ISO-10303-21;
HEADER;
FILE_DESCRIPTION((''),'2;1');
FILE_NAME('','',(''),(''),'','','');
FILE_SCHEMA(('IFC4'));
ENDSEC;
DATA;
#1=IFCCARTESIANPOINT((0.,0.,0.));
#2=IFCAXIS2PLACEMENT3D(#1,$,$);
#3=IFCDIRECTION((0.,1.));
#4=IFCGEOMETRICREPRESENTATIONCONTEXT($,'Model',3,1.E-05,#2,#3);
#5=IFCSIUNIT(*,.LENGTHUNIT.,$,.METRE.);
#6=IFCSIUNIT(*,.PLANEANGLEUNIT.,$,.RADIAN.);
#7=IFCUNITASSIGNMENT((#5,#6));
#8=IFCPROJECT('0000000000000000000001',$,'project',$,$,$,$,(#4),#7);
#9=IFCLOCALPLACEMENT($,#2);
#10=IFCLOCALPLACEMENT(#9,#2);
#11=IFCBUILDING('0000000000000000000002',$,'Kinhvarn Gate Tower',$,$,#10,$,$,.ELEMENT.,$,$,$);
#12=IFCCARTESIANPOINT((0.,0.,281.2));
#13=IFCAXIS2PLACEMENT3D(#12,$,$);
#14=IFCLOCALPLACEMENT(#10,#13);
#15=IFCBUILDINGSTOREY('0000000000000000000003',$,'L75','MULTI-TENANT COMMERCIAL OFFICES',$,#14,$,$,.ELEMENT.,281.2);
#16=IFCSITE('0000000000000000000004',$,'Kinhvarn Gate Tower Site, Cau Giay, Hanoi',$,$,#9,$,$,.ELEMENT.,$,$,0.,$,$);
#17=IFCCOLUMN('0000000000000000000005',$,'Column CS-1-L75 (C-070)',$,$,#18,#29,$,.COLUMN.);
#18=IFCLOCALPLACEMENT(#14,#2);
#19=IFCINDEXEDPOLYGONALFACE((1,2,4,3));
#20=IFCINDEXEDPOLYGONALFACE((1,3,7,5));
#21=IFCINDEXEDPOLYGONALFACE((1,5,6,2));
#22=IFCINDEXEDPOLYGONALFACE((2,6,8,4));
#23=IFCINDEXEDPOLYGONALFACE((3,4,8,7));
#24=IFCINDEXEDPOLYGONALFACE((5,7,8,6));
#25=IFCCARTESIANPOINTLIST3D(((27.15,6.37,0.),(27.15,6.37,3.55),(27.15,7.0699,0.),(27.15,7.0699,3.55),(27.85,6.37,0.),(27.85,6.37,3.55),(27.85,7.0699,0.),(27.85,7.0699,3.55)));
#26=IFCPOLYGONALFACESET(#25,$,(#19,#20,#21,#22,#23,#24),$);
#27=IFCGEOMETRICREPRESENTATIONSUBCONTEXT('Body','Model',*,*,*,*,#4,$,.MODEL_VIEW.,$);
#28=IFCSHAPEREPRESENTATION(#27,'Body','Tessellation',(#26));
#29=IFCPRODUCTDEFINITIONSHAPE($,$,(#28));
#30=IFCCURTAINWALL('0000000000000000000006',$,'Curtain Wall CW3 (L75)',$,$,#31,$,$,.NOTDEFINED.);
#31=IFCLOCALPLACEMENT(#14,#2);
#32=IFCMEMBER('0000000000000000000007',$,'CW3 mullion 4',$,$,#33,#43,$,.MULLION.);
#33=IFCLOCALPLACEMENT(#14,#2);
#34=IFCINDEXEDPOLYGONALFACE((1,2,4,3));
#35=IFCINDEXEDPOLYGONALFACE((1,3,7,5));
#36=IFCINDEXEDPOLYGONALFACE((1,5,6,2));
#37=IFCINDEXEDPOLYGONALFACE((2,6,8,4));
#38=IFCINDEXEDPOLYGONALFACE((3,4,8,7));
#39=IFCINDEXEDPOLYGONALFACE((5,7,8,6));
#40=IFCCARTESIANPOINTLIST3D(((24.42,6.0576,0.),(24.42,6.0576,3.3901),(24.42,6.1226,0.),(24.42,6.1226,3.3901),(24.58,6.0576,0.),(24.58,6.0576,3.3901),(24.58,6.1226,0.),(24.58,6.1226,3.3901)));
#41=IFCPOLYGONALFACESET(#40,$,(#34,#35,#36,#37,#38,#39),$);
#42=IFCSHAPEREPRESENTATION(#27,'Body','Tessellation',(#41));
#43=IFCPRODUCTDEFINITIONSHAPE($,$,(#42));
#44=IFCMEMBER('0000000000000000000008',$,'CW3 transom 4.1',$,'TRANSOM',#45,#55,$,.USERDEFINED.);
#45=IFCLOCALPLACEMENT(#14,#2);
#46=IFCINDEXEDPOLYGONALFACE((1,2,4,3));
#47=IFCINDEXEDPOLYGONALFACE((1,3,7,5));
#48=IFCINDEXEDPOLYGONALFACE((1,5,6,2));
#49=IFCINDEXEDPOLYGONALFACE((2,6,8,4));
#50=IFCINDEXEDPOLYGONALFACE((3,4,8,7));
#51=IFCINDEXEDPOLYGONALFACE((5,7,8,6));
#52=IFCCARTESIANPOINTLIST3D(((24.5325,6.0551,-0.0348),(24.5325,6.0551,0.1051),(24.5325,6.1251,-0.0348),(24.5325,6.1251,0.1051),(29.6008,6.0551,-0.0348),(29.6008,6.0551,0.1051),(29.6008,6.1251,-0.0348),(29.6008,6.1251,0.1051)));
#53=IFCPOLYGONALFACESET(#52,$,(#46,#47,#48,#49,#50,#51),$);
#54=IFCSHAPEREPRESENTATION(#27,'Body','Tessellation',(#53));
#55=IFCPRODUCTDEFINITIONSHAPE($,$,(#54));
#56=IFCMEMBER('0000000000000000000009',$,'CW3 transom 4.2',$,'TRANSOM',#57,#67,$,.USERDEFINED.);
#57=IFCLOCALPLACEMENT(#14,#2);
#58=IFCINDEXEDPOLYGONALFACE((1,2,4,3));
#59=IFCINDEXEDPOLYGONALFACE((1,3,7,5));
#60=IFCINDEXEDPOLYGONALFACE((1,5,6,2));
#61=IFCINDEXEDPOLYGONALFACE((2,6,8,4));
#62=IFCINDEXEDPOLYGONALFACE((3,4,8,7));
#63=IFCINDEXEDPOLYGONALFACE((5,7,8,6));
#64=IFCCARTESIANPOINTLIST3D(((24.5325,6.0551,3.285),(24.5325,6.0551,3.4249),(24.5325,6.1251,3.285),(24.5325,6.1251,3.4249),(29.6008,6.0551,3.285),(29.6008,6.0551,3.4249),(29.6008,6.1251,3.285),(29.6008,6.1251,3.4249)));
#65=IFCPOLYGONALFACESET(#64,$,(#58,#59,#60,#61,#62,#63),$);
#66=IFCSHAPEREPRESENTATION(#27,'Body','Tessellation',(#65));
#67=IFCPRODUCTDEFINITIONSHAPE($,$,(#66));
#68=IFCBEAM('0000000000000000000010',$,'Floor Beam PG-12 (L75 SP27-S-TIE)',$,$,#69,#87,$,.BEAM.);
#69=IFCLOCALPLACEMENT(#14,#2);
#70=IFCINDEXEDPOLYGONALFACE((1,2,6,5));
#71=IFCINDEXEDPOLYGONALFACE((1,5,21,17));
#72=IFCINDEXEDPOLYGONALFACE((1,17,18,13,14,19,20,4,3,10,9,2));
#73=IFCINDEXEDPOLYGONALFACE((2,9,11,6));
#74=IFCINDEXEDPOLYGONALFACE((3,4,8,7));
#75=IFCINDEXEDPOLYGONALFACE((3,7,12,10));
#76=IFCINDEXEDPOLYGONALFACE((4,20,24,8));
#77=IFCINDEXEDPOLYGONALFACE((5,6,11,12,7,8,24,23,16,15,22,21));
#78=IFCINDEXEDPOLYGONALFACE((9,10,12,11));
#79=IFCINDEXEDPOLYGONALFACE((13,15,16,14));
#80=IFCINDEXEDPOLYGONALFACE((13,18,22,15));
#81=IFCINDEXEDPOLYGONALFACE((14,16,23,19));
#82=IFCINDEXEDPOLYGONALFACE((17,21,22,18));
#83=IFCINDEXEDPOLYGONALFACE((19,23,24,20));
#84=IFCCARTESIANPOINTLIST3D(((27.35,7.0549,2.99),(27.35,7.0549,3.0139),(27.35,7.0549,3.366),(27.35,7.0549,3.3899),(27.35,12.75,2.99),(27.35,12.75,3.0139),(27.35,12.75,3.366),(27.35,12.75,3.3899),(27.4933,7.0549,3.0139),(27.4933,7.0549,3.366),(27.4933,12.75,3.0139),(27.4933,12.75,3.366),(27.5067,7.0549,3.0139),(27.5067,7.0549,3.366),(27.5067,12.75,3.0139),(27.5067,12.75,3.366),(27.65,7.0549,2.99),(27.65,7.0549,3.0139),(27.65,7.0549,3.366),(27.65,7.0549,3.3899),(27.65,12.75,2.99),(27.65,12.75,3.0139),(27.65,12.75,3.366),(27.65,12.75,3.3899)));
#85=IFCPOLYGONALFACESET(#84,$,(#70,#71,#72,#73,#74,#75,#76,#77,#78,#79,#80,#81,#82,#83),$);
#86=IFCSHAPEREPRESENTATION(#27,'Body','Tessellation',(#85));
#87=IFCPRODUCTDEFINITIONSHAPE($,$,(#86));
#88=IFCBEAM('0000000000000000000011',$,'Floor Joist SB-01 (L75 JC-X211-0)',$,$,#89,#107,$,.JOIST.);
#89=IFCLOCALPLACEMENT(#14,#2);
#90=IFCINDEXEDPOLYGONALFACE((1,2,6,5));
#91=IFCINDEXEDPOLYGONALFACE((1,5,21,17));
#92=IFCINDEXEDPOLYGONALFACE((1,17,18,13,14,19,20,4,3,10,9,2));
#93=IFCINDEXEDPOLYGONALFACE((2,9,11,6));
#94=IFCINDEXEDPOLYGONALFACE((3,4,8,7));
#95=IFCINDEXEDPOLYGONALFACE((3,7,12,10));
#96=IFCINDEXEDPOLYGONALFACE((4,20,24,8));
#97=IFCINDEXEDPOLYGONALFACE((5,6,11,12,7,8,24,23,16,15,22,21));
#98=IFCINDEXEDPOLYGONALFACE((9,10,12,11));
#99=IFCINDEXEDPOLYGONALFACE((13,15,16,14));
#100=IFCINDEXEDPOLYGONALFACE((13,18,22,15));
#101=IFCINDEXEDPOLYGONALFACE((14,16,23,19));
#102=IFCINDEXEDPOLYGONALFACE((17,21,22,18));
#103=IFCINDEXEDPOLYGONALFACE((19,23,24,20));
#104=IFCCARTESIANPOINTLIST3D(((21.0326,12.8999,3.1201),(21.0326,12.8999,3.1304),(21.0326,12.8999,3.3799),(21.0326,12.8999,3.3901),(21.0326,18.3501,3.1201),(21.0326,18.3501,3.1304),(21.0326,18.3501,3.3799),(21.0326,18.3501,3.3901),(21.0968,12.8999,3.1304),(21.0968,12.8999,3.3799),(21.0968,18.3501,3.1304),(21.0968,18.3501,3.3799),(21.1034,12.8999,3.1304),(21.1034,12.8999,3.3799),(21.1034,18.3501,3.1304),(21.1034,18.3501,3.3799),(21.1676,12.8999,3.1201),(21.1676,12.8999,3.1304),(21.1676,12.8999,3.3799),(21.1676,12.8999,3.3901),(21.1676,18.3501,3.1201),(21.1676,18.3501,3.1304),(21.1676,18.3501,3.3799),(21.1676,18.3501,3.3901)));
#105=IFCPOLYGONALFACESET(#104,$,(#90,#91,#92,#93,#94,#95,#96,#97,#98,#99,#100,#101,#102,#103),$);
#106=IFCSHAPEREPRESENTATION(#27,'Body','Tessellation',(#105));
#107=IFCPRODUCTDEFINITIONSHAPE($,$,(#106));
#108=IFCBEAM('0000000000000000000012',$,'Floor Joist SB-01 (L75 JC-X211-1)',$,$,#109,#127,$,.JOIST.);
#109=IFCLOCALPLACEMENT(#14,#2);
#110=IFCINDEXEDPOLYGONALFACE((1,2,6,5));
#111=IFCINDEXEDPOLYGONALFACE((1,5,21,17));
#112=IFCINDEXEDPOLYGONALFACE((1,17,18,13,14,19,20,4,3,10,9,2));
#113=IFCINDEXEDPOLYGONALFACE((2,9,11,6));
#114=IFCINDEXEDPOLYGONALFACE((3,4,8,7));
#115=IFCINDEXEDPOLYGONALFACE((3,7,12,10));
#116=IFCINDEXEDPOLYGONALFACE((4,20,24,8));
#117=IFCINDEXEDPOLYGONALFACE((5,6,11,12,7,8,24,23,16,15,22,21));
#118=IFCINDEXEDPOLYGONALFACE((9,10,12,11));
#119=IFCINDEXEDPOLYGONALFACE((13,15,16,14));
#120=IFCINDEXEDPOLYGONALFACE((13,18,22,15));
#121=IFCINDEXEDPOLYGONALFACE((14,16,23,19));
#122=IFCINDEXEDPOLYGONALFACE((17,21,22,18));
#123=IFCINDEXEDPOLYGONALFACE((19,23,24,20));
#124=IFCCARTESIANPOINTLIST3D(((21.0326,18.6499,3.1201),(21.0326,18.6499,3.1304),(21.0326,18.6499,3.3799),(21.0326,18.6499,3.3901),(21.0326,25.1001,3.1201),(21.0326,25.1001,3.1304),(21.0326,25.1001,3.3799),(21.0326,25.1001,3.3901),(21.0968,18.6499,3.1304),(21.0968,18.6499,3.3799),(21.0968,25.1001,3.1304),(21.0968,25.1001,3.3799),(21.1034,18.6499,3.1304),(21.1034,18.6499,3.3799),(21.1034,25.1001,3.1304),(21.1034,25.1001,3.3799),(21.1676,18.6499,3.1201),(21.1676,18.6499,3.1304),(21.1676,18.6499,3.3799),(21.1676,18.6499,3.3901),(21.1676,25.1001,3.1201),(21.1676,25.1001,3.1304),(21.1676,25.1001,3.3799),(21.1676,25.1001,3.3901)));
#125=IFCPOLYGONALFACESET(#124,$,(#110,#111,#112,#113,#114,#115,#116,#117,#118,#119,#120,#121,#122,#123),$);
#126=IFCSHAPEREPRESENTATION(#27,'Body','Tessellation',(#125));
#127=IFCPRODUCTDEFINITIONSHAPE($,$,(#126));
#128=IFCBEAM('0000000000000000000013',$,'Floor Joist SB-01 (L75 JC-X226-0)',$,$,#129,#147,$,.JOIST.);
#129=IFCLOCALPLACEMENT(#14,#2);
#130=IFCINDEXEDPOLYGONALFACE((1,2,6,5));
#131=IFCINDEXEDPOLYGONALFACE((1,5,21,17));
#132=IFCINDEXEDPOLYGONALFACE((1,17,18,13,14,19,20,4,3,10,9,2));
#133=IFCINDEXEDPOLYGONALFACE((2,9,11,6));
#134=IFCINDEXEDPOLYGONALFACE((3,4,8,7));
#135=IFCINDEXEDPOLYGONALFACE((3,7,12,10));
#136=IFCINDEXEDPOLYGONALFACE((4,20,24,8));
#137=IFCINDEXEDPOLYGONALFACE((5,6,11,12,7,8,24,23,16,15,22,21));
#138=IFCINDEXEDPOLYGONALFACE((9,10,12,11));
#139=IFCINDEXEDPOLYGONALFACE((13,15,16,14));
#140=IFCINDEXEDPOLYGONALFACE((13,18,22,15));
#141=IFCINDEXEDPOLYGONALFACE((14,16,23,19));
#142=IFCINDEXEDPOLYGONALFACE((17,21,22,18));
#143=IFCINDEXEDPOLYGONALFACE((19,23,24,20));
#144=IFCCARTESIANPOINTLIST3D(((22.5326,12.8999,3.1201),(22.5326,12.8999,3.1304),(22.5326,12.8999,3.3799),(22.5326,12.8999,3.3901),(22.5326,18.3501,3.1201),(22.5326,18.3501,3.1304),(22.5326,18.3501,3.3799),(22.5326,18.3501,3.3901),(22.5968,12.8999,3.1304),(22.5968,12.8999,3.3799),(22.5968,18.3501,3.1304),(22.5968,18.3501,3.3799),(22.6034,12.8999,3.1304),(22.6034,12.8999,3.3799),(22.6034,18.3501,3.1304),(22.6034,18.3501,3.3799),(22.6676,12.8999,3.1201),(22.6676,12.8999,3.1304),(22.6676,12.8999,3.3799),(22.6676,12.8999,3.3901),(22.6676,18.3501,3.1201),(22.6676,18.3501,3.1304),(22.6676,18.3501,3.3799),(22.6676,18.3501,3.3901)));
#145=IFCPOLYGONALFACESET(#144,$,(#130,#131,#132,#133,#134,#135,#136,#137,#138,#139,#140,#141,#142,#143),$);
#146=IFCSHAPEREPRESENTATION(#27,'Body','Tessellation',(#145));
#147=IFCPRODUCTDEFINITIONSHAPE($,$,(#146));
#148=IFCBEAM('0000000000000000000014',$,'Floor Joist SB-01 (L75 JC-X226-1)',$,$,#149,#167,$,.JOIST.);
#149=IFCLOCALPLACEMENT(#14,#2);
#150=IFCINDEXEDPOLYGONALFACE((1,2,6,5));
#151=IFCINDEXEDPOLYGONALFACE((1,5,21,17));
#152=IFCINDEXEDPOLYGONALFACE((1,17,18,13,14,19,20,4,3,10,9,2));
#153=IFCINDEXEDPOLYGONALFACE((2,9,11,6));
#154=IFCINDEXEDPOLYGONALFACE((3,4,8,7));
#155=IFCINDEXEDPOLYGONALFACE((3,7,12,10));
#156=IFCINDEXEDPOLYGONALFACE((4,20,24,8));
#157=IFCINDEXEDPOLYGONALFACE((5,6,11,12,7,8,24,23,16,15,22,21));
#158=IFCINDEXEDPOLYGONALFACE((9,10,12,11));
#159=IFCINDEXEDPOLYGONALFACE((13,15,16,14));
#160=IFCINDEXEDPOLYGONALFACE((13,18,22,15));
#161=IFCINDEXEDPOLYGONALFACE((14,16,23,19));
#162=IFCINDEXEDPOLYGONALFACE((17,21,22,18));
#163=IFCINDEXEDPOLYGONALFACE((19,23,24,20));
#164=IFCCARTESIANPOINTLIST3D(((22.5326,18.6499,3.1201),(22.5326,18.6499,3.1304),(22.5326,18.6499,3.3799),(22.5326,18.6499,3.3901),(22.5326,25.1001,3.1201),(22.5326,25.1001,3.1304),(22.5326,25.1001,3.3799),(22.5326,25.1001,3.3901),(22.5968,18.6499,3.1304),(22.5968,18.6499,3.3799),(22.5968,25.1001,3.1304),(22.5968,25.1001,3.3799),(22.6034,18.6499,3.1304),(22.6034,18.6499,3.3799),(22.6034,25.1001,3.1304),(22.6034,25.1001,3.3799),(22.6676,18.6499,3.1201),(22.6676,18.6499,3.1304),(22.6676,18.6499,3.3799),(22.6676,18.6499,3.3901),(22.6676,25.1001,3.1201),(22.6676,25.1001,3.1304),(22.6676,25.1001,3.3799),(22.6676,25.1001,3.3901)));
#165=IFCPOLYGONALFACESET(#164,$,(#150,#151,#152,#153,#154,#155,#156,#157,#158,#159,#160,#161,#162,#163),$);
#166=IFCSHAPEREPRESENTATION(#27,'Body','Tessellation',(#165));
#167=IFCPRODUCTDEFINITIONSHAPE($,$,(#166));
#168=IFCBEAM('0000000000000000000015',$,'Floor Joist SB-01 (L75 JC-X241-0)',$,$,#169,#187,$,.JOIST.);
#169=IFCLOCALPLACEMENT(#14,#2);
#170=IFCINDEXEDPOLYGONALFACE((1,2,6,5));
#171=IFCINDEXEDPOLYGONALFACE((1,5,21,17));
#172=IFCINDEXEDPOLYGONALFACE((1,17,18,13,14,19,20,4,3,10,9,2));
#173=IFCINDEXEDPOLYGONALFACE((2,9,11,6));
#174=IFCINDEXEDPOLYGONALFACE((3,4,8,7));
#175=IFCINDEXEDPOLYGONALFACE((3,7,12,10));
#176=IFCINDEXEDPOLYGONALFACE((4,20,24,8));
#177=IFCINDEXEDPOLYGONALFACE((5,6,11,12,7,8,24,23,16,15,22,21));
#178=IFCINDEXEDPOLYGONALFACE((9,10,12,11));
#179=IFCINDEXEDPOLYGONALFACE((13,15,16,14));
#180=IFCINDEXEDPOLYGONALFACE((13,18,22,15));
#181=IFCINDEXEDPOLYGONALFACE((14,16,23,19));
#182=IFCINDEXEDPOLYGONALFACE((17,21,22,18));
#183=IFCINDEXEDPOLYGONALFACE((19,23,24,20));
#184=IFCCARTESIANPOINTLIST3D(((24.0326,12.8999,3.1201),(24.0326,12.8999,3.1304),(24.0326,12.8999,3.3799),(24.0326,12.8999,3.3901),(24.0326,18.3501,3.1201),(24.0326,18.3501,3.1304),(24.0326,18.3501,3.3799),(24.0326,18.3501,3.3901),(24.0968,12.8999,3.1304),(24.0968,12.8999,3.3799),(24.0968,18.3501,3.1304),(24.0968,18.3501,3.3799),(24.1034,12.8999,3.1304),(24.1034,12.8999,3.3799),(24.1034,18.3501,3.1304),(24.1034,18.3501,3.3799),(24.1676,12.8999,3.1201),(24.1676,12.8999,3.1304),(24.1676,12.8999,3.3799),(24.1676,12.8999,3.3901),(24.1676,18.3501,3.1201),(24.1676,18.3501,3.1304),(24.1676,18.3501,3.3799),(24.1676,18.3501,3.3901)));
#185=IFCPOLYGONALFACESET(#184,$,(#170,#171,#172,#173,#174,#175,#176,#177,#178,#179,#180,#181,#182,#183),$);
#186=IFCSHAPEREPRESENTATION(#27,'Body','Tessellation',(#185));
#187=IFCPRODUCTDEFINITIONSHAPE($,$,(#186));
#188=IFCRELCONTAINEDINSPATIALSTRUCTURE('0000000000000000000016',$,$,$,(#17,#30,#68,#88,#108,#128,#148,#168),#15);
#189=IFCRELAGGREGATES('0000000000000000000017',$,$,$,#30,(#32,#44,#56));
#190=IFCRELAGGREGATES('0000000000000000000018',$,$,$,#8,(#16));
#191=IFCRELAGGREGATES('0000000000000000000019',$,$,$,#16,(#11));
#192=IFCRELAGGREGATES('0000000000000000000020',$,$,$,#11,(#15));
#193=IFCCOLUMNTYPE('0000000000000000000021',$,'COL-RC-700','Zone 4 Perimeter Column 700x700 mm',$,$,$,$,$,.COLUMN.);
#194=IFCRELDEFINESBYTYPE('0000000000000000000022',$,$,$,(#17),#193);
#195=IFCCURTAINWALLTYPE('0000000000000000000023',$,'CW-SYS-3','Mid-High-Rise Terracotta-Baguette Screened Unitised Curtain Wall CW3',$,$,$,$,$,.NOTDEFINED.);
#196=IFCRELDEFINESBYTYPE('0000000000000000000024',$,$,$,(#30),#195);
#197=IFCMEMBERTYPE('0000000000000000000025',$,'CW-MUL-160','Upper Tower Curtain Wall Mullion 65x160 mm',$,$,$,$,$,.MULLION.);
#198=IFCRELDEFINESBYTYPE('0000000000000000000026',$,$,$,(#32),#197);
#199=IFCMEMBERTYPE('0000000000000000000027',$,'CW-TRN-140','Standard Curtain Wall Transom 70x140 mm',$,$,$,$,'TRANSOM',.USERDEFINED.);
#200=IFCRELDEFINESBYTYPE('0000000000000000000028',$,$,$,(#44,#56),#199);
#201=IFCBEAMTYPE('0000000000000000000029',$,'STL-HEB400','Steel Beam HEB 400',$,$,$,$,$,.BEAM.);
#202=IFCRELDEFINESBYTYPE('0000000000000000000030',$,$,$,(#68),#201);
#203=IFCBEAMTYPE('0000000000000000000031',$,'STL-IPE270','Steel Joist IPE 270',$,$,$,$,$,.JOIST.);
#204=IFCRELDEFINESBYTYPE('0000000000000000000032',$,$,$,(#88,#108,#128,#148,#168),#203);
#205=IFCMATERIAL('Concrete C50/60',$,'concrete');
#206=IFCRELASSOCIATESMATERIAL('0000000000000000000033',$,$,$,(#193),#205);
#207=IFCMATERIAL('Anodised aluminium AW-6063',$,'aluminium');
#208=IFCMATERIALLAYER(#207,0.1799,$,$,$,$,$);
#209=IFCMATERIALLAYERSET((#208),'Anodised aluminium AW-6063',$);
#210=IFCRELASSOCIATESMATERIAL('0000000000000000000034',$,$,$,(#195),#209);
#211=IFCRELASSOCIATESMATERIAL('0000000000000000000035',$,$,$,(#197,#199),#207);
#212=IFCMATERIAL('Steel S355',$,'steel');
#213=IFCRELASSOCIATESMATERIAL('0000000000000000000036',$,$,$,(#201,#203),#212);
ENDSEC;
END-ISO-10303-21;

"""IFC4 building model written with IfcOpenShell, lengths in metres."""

from ifc_helpers import new_model, si_unit, direction, frame, origin, origin_2d, place, context, subcontext, project, spatial, rectangle, i_section, extrude, material, layer, layer_set, material_profile, profile_set, type_object, element, aggregate, save


model = new_model("IFC4")

# Units and contexts
model_context = context("Model", 3, precision=1e-05, world=origin(), true_north=direction((0.0, 1.0)))
body_context = subcontext(model_context, "Body", "Model", "MODEL_VIEW")
ifc_project = project(units=[si_unit("LENGTHUNIT", "METRE"), si_unit("PLANEANGLEUNIT", "RADIAN")], contexts=[model_context])

# Site, building, storey
site_placement = place(None, origin())
site = spatial("IfcSite", under=ifc_project, at=site_placement, Name="Kinhvarn Gate Tower Site, Cau Giay, Hanoi", CompositionType="ELEMENT", RefElevation=0.0)
building_placement = place(site_placement, origin())
building = spatial("IfcBuilding", under=site, at=building_placement, Name="Kinhvarn Gate Tower", CompositionType="ELEMENT")
storey_placement = place(building_placement, frame((0.0, 0.0, 281.2)))
storey = spatial("IfcBuildingStorey", under=building, at=storey_placement, Name="L75", Description="MULTI-TENANT COMMERCIAL OFFICES", CompositionType="ELEMENT", Elevation=281.2)

# Column
ifc_material_1 = material(Name="Concrete C50/60", Category="concrete")
ifc_material_profile_1 = material_profile(ifc_material_1, rectangle(XDim=0.7, YDim=0.7, at=origin_2d()), Name="RC 700x700")
ifc_profile_set_1 = profile_set([ifc_material_profile_1], Name="Concrete C50/60")
column_type = type_object("IfcColumnType", Name="COL-RC-700", Description="Zone 4 Perimeter Column 700x700 mm", PredefinedType="COLUMN", material=ifc_profile_set_1)
column_placement = place(storey_placement, frame((27.5, 6.72, 0.0), z_axis=(0.0, 0.0, 1.0), x_axis=(1.0, 0.0, 0.0)))
element("IfcColumn", 1, at=column_placement, inside=storey, type_object=column_type, Name="Column CS-1-L75 (C-070)", PredefinedType="COLUMN", context=body_context, shape_type="SweptSolid", body=[
    extrude(rectangle(XDim=0.7, YDim=0.7, at=origin_2d()), origin(), (0.0, 0.0, 1.0), 3.55),
])

# Curtain wall, members
ifc_material_2 = material(Name="Anodised aluminium AW-6063", Category="aluminium")
ifc_layer_1 = layer(ifc_material_2, 0.1799)
ifc_layer_set_1 = layer_set([ifc_layer_1], Name="Anodised aluminium AW-6063")
curtain_wall_type = type_object("IfcCurtainWallType", Name="CW-SYS-3", Description="Mid-High-Rise Terracotta-Baguette Screened Unitised Curtain Wall CW3", PredefinedType="NOTDEFINED", material=ifc_layer_set_1)
curtain_wall_placement = place(storey_placement, origin())
curtain_wall = element("IfcCurtainWall", 2, at=curtain_wall_placement, inside=storey, type_object=curtain_wall_type, Name="Curtain Wall CW3 (L75)", PredefinedType="NOTDEFINED")
ifc_material_profile_2 = material_profile(ifc_material_2, rectangle(XDim=0.0649, YDim=0.1599, at=origin_2d()), Name="ALU 65x160")
ifc_profile_set_2 = profile_set([ifc_material_profile_2], Name="Anodised aluminium AW-6063")
member_type_1 = type_object("IfcMemberType", Name="CW-MUL-160", Description="Upper Tower Curtain Wall Mullion 65x160 mm", PredefinedType="MULLION", material=ifc_profile_set_2)
member_1_placement = place(storey_placement, frame((24.5, 6.0901, 0.0), z_axis=(0.0, 0.0, 1.0), x_axis=(0.0, 1.0, 0.0)))
member_1 = element("IfcMember", 3, at=member_1_placement, type_object=member_type_1, Name="CW3 mullion 4", PredefinedType="MULLION", context=body_context, shape_type="SweptSolid", body=[
    extrude(rectangle(XDim=0.0649, YDim=0.1599, at=origin_2d()), origin(), (0.0, 0.0, 1.0), 3.3901),
])
ifc_material_profile_3 = material_profile(ifc_material_2, rectangle(XDim=0.0701, YDim=0.1399, at=origin_2d()), Name="ALU 70x140")
ifc_profile_set_3 = profile_set([ifc_material_profile_3], Name="Anodised aluminium AW-6063")
member_type_2 = type_object("IfcMemberType", Name="CW-TRN-140", Description="Standard Curtain Wall Transom 70x140 mm", ElementType="TRANSOM", PredefinedType="USERDEFINED", material=ifc_profile_set_3)
member_2_placement = place(storey_placement, frame((24.5325, 6.0901, 0.0352), z_axis=(1.0, 0.0, 0.0), x_axis=(0.0, 1.0, 0.0)))
member_2 = element("IfcMember", 4, at=member_2_placement, type_object=member_type_2, Name="CW3 transom 4.1", ObjectType="TRANSOM", PredefinedType="USERDEFINED", context=body_context, shape_type="SweptSolid", body=[
    extrude(rectangle(XDim=0.0701, YDim=0.1399, at=origin_2d()), origin(), (0.0, 0.0, 1.0), 5.0684),
])
member_3_placement = place(storey_placement, frame((24.5325, 6.0901, 3.355), z_axis=(1.0, 0.0, 0.0), x_axis=(0.0, 1.0, 0.0)))
member_3 = element("IfcMember", 5, at=member_3_placement, type_object=member_type_2, Name="CW3 transom 4.2", ObjectType="TRANSOM", PredefinedType="USERDEFINED", context=body_context, shape_type="SweptSolid", body=[
    extrude(rectangle(XDim=0.0701, YDim=0.1399, at=origin_2d()), origin(), (0.0, 0.0, 1.0), 5.0684),
])

# Beams
ifc_material_3 = material(Name="Steel S355", Category="steel")
ifc_material_profile_4 = material_profile(ifc_material_3, i_section(OverallWidth=0.3, OverallDepth=0.3999, WebThickness=0.0134, FlangeThickness=0.0239, at=origin_2d()), Name="HEB 400")
ifc_profile_set_4 = profile_set([ifc_material_profile_4], Name="Steel S355")
beam_type_1 = type_object("IfcBeamType", Name="STL-HEB400", Description="Steel Beam HEB 400", PredefinedType="BEAM", material=ifc_profile_set_4)
beam_1_placement = place(storey_placement, frame((27.5, 7.0549, 3.1899), z_axis=(0.0, 1.0, 0.0), x_axis=(-1.0, 0.0, 0.0)))
element("IfcBeam", 6, at=beam_1_placement, inside=storey, type_object=beam_type_1, Name="Floor Beam PG-12 (L75 SP27-S-TIE)", PredefinedType="BEAM", context=body_context, shape_type="SweptSolid", body=[
    extrude(i_section(OverallWidth=0.3, OverallDepth=0.3999, WebThickness=0.0134, FlangeThickness=0.0239, at=origin_2d()), origin(), (0.0, 0.0, 1.0), 5.6951),
])
ifc_material_profile_5 = material_profile(ifc_material_3, i_section(OverallWidth=0.135, OverallDepth=0.27, WebThickness=0.0066, FlangeThickness=0.0103, at=origin_2d()), Name="IPE 270")
ifc_profile_set_5 = profile_set([ifc_material_profile_5], Name="Steel S355")
beam_type_2 = type_object("IfcBeamType", Name="STL-IPE270", Description="Steel Joist IPE 270", PredefinedType="JOIST", material=ifc_profile_set_5)
beam_2_placement = place(storey_placement, frame((21.1001, 12.8999, 3.2551), z_axis=(0.0, 1.0, 0.0), x_axis=(-1.0, 0.0, 0.0)))
element("IfcBeam", 7, at=beam_2_placement, inside=storey, type_object=beam_type_2, Name="Floor Joist SB-01 (L75 JC-X211-0)", PredefinedType="JOIST", context=body_context, shape_type="SweptSolid", body=[
    extrude(i_section(OverallWidth=0.135, OverallDepth=0.27, WebThickness=0.0066, FlangeThickness=0.0103, at=origin_2d()), origin(), (0.0, 0.0, 1.0), 5.4502),
])
beam_3_placement = place(storey_placement, frame((21.1001, 18.6499, 3.2551), z_axis=(0.0, 1.0, 0.0), x_axis=(-1.0, 0.0, 0.0)))
element("IfcBeam", 8, at=beam_3_placement, inside=storey, type_object=beam_type_2, Name="Floor Joist SB-01 (L75 JC-X211-1)", PredefinedType="JOIST", context=body_context, shape_type="SweptSolid", body=[
    extrude(i_section(OverallWidth=0.135, OverallDepth=0.27, WebThickness=0.0066, FlangeThickness=0.0103, at=origin_2d()), origin(), (0.0, 0.0, 1.0), 6.4502),
])
beam_4_placement = place(storey_placement, frame((22.6001, 12.8999, 3.2551), z_axis=(0.0, 1.0, 0.0), x_axis=(-1.0, 0.0, 0.0)))
element("IfcBeam", 9, at=beam_4_placement, inside=storey, type_object=beam_type_2, Name="Floor Joist SB-01 (L75 JC-X226-0)", PredefinedType="JOIST", context=body_context, shape_type="SweptSolid", body=[
    extrude(i_section(OverallWidth=0.135, OverallDepth=0.27, WebThickness=0.0066, FlangeThickness=0.0103, at=origin_2d()), origin(), (0.0, 0.0, 1.0), 5.4502),
])
beam_5_placement = place(storey_placement, frame((22.6001, 18.6499, 3.2551), z_axis=(0.0, 1.0, 0.0), x_axis=(-1.0, 0.0, 0.0)))
element("IfcBeam", 10, at=beam_5_placement, inside=storey, type_object=beam_type_2, Name="Floor Joist SB-01 (L75 JC-X226-1)", PredefinedType="JOIST", context=body_context, shape_type="SweptSolid", body=[
    extrude(i_section(OverallWidth=0.135, OverallDepth=0.27, WebThickness=0.0066, FlangeThickness=0.0103, at=origin_2d()), origin(), (0.0, 0.0, 1.0), 6.4502),
])
beam_6_placement = place(storey_placement, frame((24.1001, 12.8999, 3.2551), z_axis=(0.0, 1.0, 0.0), x_axis=(-1.0, 0.0, 0.0)))
element("IfcBeam", 11, at=beam_6_placement, inside=storey, type_object=beam_type_2, Name="Floor Joist SB-01 (L75 JC-X241-0)", PredefinedType="JOIST", context=body_context, shape_type="SweptSolid", body=[
    extrude(i_section(OverallWidth=0.135, OverallDepth=0.27, WebThickness=0.0066, FlangeThickness=0.0103, at=origin_2d()), origin(), (0.0, 0.0, 1.0), 5.4502),
])

aggregate(curtain_wall, [member_1, member_2, member_3])

save(model, "model.ifc")
